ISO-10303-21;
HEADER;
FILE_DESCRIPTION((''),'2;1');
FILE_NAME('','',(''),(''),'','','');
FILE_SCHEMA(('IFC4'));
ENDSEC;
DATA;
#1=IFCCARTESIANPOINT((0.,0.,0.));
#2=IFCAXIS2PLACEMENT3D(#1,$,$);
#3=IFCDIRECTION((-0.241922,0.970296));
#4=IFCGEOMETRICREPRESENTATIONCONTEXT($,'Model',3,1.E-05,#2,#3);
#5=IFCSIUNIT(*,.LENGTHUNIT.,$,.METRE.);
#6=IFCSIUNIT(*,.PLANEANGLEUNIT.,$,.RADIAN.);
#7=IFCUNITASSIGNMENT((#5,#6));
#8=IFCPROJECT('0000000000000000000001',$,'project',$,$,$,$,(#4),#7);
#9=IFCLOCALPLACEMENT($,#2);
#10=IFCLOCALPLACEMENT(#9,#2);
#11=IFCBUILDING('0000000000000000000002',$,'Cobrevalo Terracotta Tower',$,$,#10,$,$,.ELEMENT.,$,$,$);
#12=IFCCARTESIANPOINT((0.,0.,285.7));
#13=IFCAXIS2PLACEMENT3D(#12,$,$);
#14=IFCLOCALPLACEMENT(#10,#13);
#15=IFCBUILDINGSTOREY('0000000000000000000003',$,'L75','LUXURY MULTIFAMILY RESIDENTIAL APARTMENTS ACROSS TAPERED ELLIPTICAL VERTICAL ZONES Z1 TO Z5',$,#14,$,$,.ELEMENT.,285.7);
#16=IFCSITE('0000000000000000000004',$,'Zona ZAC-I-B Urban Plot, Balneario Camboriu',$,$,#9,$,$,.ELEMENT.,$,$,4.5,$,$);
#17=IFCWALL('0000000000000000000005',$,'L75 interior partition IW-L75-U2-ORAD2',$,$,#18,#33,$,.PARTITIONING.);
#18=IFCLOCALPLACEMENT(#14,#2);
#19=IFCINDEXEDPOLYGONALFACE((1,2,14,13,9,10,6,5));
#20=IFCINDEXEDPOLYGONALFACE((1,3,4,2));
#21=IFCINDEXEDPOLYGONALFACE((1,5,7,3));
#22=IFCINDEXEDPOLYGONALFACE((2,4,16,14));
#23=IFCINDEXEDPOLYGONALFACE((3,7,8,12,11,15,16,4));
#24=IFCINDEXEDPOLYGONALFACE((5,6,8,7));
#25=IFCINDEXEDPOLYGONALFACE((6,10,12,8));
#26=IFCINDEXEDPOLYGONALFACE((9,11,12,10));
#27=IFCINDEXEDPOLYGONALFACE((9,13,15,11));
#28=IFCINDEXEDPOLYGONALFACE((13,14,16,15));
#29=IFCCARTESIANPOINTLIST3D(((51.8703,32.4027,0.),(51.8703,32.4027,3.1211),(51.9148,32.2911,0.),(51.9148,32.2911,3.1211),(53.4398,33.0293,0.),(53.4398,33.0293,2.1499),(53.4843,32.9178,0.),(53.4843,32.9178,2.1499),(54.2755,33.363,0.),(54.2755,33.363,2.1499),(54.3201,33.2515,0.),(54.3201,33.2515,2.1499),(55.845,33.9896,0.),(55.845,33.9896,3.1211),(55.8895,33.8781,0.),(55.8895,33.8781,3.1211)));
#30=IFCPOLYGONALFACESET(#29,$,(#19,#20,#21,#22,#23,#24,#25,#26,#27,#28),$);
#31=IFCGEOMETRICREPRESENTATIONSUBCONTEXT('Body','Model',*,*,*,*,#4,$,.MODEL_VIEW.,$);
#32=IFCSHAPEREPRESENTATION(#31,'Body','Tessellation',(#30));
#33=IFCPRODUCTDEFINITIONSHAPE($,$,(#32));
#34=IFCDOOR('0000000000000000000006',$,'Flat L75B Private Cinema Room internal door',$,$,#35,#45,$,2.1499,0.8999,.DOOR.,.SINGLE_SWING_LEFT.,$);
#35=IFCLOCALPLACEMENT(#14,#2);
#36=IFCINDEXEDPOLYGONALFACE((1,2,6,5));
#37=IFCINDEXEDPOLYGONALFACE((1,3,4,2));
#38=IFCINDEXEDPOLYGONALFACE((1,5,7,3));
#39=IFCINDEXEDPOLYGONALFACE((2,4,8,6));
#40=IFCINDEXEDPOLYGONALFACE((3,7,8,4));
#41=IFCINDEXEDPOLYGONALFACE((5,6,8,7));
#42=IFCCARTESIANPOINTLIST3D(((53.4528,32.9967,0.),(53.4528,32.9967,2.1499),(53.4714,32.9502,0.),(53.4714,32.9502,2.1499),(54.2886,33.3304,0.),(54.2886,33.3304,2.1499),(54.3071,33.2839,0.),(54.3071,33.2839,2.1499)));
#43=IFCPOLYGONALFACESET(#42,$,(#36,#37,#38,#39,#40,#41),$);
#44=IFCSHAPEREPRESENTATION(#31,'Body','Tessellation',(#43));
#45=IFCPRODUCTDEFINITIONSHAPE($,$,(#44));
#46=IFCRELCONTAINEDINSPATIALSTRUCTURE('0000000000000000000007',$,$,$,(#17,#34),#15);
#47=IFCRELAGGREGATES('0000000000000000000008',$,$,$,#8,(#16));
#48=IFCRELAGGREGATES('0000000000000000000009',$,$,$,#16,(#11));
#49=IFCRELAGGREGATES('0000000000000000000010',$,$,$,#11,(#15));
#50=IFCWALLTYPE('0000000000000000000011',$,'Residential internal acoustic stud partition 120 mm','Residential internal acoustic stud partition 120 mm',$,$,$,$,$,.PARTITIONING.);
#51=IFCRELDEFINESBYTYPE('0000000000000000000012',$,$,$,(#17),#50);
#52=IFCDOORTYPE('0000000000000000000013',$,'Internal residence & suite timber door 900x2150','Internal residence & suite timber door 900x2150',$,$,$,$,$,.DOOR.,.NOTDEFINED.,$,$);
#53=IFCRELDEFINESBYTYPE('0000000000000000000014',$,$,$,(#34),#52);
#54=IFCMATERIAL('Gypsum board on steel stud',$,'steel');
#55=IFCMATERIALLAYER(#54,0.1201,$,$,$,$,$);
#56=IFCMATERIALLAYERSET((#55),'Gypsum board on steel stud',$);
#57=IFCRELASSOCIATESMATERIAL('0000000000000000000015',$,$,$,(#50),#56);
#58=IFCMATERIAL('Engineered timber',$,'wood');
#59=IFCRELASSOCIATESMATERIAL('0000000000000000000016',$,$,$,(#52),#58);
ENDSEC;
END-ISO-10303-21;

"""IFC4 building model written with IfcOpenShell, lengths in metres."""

from ifc_helpers import new_model, si_unit, direction, frame, frame_2d, origin, place, context, subcontext, project, spatial, rectangle, extrude, source, transform, mapped, material, layer, layer_set, type_object, element, fill, save


model = new_model("IFC4")

# Units and contexts
model_context = context("Model", 3, precision=1e-05, world=origin(), true_north=direction((-0.241922, 0.970296)))
body_context = subcontext(model_context, "Body", "Model", "MODEL_VIEW")
ifc_project = project(units=[si_unit("LENGTHUNIT", "METRE"), si_unit("PLANEANGLEUNIT", "RADIAN")], contexts=[model_context])

# Site, building, storey
site_placement = place(None, origin())
site = spatial("IfcSite", under=ifc_project, at=site_placement, Name="Zona ZAC-I-B Urban Plot, Balneario Camboriu", CompositionType="ELEMENT", RefElevation=4.5)
building_placement = place(site_placement, origin())
building = spatial("IfcBuilding", under=site, at=building_placement, Name="Cobrevalo Terracotta Tower", CompositionType="ELEMENT")
storey_placement = place(building_placement, frame((0.0, 0.0, 285.7)))
storey = spatial("IfcBuildingStorey", under=building, at=storey_placement, Name="L75", Description="LUXURY MULTIFAMILY RESIDENTIAL APARTMENTS ACROSS TAPERED ELLIPTICAL VERTICAL ZONES Z1 TO Z5", CompositionType="ELEMENT", Elevation=285.7)

# Shared definitions
ifc_material_1 = material(Name="Gypsum board on steel stud", Category="steel")
ifc_layer_1 = layer(ifc_material_1, 0.1201)
ifc_layer_set_1 = layer_set([ifc_layer_1], Name="Gypsum board on steel stud")
wall_type = type_object("IfcWallType", Name="Residential internal acoustic stud partition 120 mm", Description="Residential internal acoustic stud partition 120 mm", PredefinedType="PARTITIONING", material=ifc_layer_set_1)

# Wall, opening, door
wall_1_placement = place(storey_placement, frame((51.8926, 32.3469, 0.0), z_axis=(0.0, 0.0, 1.0), x_axis=(0.928713, 0.3708, 0.0)))
wall_1 = element("IfcWall", 1, at=wall_1_placement, inside=storey, type_object=wall_type, Name="L75 interior partition IW-L75-U2-ORAD2", PredefinedType="PARTITIONING", context=body_context, shape_type="SweptSolid", body=[
    extrude(rectangle(XDim=4.2798, YDim=0.1201, at=frame_2d((2.1399, 0.0))), origin(), (0.0, 0.0, 1.0), 3.1211),
])
opening_1_placement = place(wall_1_placement, frame((1.6899, 0.0, 0.0)))
opening_1 = element("IfcOpeningElement", 2, at=opening_1_placement, cuts=wall_1, PredefinedType="OPENING", context=body_context, shape_type="SweptSolid", body=[
    extrude(rectangle(XDim=0.8999, YDim=2.1499, at=frame_2d((0.45, 1.075))), frame((0.0, 0.0701, 0.0), z_axis=(0.0, -1.0, 0.0), x_axis=(1.0, 0.0, 0.0)), (0.0, 0.0, 1.0), 0.1401),
])
ifc_material_2 = material(Name="Engineered timber", Category="wood")
door_type = type_object("IfcDoorType", Name="Internal residence & suite timber door 900x2150", Description="Internal residence & suite timber door 900x2150", OperationType="NOTDEFINED", PredefinedType="DOOR", material=ifc_material_2)
shared_shape_1 = source(origin(), body_context, "Body", "SweptSolid", [
    extrude(rectangle(XDim=0.8999, YDim=2.1499, at=frame_2d((0.45, 1.075))), frame((0.0, 0.0249, 0.0), z_axis=(0.0, -1.0, 0.0), x_axis=(1.0, 0.0, 0.0)), (0.0, 0.0, 1.0), 0.05),
])
door_1_placement = place(opening_1_placement, origin())
door_1 = element("IfcDoor", 3, at=door_1_placement, inside=storey, type_object=door_type, Name="Flat L75B Private Cinema Room internal door", OperationType="SINGLE_SWING_LEFT", OverallHeight=2.1499, OverallWidth=0.8999, PredefinedType="DOOR", context=body_context, shape_type="MappedRepresentation", body=[
    mapped(shared_shape_1, transform((0.0, 0.0, 0.0), scale=1.0)),
])
fill(opening_1, door_1)

save(model, "model.ifc")
